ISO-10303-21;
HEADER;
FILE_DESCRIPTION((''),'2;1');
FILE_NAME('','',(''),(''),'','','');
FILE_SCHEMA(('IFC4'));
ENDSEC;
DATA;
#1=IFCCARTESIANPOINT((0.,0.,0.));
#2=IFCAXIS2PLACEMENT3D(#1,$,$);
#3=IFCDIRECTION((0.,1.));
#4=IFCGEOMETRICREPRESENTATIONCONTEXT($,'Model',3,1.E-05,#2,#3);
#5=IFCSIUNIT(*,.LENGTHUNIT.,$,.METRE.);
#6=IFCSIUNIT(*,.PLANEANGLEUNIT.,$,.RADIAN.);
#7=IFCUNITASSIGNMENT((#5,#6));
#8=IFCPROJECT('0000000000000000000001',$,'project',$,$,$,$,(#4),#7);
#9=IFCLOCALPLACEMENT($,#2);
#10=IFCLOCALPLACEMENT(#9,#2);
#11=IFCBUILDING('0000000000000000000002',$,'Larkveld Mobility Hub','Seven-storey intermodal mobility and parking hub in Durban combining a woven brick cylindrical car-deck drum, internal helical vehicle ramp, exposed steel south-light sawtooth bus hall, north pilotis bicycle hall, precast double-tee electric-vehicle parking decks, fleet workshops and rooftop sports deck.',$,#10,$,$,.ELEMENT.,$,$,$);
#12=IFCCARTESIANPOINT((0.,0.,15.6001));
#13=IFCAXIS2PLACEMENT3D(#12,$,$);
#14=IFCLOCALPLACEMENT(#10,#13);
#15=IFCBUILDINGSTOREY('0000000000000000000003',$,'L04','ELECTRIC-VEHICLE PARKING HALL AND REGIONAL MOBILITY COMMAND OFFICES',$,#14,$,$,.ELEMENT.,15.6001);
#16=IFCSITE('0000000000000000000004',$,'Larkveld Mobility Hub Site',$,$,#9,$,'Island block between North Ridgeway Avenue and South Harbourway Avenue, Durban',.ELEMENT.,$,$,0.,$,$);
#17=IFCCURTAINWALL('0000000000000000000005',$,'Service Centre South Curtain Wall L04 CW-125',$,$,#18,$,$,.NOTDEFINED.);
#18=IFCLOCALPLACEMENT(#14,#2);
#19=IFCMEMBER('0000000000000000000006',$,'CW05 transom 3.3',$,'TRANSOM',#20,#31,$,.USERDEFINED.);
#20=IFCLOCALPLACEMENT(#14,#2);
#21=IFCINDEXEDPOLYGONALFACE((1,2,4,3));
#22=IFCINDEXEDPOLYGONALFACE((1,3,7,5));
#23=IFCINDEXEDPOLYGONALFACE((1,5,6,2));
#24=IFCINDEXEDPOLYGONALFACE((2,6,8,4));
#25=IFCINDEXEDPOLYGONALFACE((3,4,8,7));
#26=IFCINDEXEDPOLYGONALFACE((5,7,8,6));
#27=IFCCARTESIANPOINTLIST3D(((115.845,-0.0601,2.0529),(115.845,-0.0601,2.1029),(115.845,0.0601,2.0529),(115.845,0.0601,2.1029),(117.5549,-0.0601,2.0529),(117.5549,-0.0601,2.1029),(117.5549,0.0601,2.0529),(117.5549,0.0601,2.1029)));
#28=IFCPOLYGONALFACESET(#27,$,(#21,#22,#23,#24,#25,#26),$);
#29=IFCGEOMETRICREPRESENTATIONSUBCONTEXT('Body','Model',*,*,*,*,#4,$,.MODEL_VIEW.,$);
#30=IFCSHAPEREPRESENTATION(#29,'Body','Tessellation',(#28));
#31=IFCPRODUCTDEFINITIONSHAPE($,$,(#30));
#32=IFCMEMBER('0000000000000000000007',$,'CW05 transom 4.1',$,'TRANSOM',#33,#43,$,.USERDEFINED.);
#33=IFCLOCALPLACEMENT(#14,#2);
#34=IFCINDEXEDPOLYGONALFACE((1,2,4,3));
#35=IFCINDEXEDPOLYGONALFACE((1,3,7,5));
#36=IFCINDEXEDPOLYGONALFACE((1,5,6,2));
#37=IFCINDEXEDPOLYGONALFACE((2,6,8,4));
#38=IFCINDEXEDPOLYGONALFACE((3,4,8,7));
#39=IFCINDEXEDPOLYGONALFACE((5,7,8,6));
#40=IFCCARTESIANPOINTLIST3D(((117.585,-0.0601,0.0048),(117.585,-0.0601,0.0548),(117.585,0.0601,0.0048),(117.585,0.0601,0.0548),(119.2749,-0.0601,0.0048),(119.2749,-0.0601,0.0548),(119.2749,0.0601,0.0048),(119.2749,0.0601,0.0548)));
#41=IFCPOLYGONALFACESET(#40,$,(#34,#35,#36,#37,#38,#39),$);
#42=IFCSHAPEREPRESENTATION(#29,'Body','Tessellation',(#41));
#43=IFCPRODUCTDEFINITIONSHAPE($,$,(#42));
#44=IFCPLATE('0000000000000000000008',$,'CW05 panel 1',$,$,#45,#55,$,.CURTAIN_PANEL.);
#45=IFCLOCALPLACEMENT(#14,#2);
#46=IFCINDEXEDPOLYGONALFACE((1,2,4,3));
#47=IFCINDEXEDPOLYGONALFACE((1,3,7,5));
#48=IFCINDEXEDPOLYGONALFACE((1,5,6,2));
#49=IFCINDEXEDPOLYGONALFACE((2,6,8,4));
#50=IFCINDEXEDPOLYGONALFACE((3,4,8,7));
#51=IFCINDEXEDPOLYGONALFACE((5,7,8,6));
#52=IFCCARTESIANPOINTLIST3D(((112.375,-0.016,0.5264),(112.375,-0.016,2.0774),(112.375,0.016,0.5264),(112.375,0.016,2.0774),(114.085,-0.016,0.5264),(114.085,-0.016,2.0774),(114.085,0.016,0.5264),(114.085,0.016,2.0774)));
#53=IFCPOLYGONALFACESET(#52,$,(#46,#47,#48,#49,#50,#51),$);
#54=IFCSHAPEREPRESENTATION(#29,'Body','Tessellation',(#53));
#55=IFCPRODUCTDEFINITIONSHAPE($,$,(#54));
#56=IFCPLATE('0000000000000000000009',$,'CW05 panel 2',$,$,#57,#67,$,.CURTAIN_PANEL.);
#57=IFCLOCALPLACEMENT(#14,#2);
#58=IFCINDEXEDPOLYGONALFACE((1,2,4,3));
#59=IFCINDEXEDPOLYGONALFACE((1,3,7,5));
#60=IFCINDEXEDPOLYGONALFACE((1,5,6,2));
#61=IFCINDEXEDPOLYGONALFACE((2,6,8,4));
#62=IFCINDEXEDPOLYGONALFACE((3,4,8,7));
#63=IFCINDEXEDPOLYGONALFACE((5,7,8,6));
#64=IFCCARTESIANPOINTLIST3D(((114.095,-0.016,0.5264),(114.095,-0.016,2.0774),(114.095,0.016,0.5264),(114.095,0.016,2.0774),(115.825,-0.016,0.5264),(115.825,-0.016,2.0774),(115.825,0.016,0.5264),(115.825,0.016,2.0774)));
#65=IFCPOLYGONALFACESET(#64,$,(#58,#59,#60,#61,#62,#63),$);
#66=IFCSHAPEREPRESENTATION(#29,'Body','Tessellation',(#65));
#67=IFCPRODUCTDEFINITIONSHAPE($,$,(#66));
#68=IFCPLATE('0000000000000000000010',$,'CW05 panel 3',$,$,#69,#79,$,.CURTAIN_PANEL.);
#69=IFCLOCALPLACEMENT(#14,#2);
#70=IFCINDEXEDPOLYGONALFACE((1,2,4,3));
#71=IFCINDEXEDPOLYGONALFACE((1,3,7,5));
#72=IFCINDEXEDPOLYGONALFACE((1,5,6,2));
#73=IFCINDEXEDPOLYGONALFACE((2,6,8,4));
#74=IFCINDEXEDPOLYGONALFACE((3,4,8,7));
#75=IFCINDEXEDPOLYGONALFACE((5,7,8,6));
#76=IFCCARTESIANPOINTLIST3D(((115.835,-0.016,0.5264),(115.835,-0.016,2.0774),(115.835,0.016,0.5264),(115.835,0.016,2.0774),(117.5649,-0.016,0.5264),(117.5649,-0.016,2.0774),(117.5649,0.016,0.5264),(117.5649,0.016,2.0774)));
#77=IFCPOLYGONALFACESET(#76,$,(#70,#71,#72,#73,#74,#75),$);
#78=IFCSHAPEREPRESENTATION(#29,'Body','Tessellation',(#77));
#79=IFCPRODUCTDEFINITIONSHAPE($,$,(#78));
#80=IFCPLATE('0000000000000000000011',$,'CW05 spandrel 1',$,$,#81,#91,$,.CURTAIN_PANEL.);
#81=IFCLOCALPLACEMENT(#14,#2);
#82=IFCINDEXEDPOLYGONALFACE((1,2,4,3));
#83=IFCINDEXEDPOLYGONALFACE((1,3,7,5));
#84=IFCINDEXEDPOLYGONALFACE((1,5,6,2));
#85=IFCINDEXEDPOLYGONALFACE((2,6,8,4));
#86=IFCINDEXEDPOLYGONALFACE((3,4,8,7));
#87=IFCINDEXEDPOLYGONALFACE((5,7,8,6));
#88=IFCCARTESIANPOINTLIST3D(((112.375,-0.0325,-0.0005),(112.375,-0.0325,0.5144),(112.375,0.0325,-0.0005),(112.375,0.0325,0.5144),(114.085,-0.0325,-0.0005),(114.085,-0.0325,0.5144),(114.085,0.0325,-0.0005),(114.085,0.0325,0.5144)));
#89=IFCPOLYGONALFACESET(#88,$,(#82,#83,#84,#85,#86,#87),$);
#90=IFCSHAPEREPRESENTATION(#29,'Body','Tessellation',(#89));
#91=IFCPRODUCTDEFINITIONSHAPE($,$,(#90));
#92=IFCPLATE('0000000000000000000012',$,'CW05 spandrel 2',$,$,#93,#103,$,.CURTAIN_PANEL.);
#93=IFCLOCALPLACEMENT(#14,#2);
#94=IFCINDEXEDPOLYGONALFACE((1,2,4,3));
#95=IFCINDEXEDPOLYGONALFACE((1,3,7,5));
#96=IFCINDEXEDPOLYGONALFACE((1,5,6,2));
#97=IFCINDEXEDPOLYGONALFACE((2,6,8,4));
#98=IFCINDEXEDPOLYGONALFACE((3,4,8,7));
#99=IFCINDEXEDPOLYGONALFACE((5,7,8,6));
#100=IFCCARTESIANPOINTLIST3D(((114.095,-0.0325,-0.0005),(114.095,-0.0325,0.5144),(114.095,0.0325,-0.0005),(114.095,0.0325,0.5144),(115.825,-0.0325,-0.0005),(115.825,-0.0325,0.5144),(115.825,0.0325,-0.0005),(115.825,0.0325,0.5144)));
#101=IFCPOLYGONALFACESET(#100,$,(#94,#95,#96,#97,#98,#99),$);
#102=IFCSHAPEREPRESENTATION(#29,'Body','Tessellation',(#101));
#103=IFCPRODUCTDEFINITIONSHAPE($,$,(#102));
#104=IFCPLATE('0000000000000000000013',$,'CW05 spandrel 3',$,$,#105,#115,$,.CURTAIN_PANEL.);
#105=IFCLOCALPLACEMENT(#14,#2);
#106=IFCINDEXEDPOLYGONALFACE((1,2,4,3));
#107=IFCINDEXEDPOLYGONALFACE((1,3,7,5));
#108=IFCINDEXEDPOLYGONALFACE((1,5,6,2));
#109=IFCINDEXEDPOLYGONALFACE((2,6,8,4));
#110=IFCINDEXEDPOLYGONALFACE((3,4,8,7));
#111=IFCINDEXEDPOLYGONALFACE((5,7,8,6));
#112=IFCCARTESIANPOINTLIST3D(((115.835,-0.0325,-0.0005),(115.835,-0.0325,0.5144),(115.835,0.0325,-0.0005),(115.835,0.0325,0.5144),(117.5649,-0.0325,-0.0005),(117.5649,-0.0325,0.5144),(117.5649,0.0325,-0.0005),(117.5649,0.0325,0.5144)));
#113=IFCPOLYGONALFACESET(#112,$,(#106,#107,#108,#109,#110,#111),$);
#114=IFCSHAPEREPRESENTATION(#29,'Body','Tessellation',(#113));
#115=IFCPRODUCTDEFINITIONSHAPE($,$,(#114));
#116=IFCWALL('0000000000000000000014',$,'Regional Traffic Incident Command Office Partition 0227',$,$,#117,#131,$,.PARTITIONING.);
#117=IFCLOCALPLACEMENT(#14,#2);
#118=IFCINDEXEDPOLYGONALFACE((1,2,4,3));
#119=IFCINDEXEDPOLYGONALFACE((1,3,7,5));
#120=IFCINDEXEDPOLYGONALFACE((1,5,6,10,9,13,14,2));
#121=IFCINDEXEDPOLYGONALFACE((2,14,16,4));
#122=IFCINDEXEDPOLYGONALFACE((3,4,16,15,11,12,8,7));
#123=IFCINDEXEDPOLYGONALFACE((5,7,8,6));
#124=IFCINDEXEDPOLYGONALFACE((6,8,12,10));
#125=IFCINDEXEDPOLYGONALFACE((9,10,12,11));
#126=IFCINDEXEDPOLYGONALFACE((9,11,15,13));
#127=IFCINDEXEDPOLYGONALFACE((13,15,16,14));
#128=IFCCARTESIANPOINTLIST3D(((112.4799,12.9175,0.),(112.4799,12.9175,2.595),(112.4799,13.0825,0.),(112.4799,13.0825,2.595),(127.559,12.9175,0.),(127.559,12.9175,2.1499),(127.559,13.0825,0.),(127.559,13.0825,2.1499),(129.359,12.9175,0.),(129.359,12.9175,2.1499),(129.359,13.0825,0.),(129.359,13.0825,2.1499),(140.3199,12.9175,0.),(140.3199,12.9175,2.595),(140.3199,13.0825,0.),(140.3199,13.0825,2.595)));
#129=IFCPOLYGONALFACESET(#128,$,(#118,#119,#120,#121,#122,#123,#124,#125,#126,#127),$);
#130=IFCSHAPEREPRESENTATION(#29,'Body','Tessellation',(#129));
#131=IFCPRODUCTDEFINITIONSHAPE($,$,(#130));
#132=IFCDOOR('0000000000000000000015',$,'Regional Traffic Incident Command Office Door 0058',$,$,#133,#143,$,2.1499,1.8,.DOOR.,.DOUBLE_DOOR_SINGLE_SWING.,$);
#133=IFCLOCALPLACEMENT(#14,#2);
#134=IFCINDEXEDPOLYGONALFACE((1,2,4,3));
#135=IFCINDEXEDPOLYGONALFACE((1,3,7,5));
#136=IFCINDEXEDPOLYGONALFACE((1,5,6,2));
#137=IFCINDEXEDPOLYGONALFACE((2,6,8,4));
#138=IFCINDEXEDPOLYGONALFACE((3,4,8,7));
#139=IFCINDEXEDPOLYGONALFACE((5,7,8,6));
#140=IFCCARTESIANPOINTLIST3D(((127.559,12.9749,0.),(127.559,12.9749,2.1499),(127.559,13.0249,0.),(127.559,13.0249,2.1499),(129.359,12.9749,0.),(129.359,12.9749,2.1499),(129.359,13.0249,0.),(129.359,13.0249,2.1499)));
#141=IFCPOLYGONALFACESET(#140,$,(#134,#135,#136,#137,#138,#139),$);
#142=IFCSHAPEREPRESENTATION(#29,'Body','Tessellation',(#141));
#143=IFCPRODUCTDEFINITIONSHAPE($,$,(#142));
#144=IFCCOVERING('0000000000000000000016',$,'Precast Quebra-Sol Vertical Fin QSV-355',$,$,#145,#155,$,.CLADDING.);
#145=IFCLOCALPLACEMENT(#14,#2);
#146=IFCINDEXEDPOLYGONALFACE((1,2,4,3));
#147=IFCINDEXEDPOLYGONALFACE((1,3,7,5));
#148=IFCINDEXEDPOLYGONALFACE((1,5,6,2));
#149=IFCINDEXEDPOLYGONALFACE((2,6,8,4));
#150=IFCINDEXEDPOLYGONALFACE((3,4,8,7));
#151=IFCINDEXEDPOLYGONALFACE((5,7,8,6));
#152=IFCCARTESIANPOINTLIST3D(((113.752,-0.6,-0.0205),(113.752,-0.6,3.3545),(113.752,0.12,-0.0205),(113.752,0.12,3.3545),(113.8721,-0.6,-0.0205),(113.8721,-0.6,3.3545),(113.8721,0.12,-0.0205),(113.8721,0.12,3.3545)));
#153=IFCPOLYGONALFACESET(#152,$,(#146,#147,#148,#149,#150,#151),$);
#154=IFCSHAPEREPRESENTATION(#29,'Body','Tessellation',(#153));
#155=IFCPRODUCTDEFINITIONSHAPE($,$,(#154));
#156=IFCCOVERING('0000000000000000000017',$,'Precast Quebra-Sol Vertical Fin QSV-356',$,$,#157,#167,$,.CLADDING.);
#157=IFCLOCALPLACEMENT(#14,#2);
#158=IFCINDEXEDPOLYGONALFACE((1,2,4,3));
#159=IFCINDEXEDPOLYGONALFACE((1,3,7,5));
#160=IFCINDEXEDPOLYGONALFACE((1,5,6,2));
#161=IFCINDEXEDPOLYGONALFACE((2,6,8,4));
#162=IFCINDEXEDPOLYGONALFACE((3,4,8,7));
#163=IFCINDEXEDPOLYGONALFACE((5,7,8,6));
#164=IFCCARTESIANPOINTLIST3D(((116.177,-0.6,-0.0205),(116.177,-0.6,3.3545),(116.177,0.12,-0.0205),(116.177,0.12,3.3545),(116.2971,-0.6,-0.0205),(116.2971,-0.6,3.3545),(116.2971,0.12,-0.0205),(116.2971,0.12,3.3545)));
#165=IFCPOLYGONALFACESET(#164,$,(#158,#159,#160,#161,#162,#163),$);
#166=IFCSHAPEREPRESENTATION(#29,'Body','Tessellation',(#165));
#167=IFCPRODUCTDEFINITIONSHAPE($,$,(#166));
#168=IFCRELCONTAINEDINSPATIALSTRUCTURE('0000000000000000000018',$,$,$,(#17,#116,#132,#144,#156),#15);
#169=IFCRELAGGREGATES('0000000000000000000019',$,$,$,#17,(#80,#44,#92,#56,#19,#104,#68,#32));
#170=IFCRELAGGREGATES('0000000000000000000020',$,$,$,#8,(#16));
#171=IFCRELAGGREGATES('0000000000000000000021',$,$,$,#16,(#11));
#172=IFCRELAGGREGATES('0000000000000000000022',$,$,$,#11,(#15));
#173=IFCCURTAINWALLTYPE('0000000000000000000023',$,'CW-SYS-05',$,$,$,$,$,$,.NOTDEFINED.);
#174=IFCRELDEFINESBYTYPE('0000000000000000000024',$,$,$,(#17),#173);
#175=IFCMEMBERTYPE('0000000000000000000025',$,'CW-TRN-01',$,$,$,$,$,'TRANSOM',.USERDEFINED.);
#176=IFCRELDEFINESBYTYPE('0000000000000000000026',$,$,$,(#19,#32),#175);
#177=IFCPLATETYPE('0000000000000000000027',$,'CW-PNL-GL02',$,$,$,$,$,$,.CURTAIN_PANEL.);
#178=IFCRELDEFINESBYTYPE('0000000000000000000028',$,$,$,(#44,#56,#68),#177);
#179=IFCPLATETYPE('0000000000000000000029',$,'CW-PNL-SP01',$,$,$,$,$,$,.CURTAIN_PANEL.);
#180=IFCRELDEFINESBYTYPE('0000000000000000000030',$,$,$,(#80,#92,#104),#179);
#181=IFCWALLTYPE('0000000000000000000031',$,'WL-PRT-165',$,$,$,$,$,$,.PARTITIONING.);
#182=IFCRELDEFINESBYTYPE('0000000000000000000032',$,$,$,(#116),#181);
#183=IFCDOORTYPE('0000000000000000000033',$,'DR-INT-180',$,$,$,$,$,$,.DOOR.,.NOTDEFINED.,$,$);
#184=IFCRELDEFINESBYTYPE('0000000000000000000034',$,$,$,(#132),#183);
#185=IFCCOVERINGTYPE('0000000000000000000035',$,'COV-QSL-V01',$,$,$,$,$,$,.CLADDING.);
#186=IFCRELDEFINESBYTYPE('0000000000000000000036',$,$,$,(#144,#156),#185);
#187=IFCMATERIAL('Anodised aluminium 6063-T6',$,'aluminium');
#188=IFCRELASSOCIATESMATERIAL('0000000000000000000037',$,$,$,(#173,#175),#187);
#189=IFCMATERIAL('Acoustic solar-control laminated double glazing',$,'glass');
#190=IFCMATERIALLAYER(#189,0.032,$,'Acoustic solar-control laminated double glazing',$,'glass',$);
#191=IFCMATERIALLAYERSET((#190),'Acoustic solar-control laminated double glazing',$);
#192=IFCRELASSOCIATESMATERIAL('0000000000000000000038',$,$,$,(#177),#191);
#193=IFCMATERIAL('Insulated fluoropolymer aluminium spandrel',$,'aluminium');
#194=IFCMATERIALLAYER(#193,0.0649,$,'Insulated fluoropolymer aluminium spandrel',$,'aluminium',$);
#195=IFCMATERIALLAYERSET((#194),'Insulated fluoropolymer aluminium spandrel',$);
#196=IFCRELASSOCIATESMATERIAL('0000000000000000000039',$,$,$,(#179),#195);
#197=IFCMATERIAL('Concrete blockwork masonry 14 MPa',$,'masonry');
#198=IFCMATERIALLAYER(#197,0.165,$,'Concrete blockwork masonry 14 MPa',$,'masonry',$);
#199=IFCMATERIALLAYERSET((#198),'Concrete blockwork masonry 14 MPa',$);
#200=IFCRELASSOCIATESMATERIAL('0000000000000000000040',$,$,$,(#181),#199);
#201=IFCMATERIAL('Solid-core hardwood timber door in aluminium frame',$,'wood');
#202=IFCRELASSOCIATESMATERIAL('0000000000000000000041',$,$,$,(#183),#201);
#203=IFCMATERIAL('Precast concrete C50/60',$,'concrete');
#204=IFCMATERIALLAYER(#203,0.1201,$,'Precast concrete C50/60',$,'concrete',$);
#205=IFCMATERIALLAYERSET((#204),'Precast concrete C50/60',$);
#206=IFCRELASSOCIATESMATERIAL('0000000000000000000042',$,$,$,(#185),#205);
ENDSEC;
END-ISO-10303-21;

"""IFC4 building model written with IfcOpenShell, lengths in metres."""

from ifc_helpers import new_model, si_unit, direction, frame, frame_2d, origin, origin_2d, place, context, subcontext, project, spatial, rectangle, extrude, material, layer, layer_set, material_profile, profile_set, type_object, element, fill, aggregate, save


model = new_model("IFC4")

# Units and contexts
model_context = context("Model", 3, precision=1e-05, world=origin(), true_north=direction((0.0, 1.0)))
body_context = subcontext(model_context, "Body", "Model", "MODEL_VIEW")
ifc_project = project(units=[si_unit("LENGTHUNIT", "METRE"), si_unit("PLANEANGLEUNIT", "RADIAN")], contexts=[model_context])

# Site, building, storey
site_placement = place(None, origin())
site = spatial("IfcSite", under=ifc_project, at=site_placement, Name="Larkveld Mobility Hub Site", LongName="Island block between North Ridgeway Avenue and South Harbourway Avenue, Durban", CompositionType="ELEMENT", RefElevation=0.0)
building_placement = place(site_placement, origin())
building = spatial("IfcBuilding", under=site, at=building_placement, Name="Larkveld Mobility Hub", Description="Seven-storey intermodal mobility and parking hub in Durban combining a woven brick cylindrical car-deck drum, internal helical vehicle ramp, exposed steel south-light sawtooth bus hall, north pilotis bicycle hall, precast double-tee electric-vehicle parking decks, fleet workshops and rooftop sports deck.", CompositionType="ELEMENT")
storey_placement = place(building_placement, frame((0.0, 0.0, 15.6001)))
storey = spatial("IfcBuildingStorey", under=building, at=storey_placement, Name="L04", Description="ELECTRIC-VEHICLE PARKING HALL AND REGIONAL MOBILITY COMMAND OFFICES", CompositionType="ELEMENT", Elevation=15.6001)

# Shared definitions
ifc_material_1 = material(Name="Precast concrete C50/60", Category="concrete")

# Curtain wall, members, plates
ifc_material_2 = material(Name="Anodised aluminium 6063-T6", Category="aluminium")
curtain_wall_type = type_object("IfcCurtainWallType", Name="CW-SYS-05", PredefinedType="NOTDEFINED", material=ifc_material_2)
curtain_wall_placement = place(storey_placement, origin())
curtain_wall = element("IfcCurtainWall", 1, at=curtain_wall_placement, inside=storey, type_object=curtain_wall_type, Name="Service Centre South Curtain Wall L04 CW-125", PredefinedType="NOTDEFINED")
ifc_material_profile_1 = material_profile(ifc_material_2, rectangle(XDim=0.1201, YDim=0.05, at=origin_2d()), Name="ALU TRAN 50x120")
ifc_profile_set_1 = profile_set([ifc_material_profile_1], Name="Anodised aluminium 6063-T6")
member_type_1 = type_object("IfcMemberType", Name="CW-TRN-01", ElementType="TRANSOM", PredefinedType="USERDEFINED", material=ifc_profile_set_1)
member_1_placement = place(storey_placement, frame((115.845, 0.0, 2.0779), z_axis=(1.0, 0.0, 0.0), x_axis=(0.0, 1.0, 0.0)))
member_1 = element("IfcMember", 2, at=member_1_placement, type_object=member_type_1, Name="CW05 transom 3.3", ObjectType="TRANSOM", PredefinedType="USERDEFINED", context=body_context, shape_type="SweptSolid", body=[
    extrude(rectangle(XDim=0.1201, YDim=0.05, at=origin_2d()), origin(), (0.0, 0.0, 1.0), 1.71),
])
member_2_placement = place(storey_placement, frame((117.585, 0.0, 0.0298), z_axis=(1.0, 0.0, 0.0), x_axis=(0.0, 1.0, 0.0)))
member_2 = element("IfcMember", 3, at=member_2_placement, type_object=member_type_1, Name="CW05 transom 4.1", ObjectType="TRANSOM", PredefinedType="USERDEFINED", context=body_context, shape_type="SweptSolid", body=[
    extrude(rectangle(XDim=0.1201, YDim=0.05, at=origin_2d()), origin(), (0.0, 0.0, 1.0), 1.6899),
])
ifc_material_3 = material(Name="Acoustic solar-control laminated double glazing", Category="glass")
ifc_layer_1 = layer(ifc_material_3, 0.032, Name="Acoustic solar-control laminated double glazing", Category="glass")
ifc_layer_set_1 = layer_set([ifc_layer_1], Name="Acoustic solar-control laminated double glazing")
plate_type_1 = type_object("IfcPlateType", Name="CW-PNL-GL02", PredefinedType="CURTAIN_PANEL", material=ifc_layer_set_1)
plate_1_placement = place(storey_placement, frame((113.23, 0.0, 0.5264), z_axis=(0.0, 0.0, 1.0), x_axis=(1.0, 0.0, 0.0)))
plate_1 = element("IfcPlate", 4, at=plate_1_placement, type_object=plate_type_1, Name="CW05 panel 1", PredefinedType="CURTAIN_PANEL", context=body_context, shape_type="SweptSolid", body=[
    extrude(rectangle(XDim=1.71, YDim=0.032, at=origin_2d()), origin(), (0.0, 0.0, 1.0), 1.551),
])
plate_2_placement = place(storey_placement, frame((114.96, 0.0, 0.5264), z_axis=(0.0, 0.0, 1.0), x_axis=(1.0, 0.0, 0.0)))
plate_2 = element("IfcPlate", 5, at=plate_2_placement, type_object=plate_type_1, Name="CW05 panel 2", PredefinedType="CURTAIN_PANEL", context=body_context, shape_type="SweptSolid", body=[
    extrude(rectangle(XDim=1.73, YDim=0.032, at=origin_2d()), origin(), (0.0, 0.0, 1.0), 1.551),
])
plate_3_placement = place(storey_placement, frame((116.7, 0.0, 0.5264), z_axis=(0.0, 0.0, 1.0), x_axis=(1.0, 0.0, 0.0)))
plate_3 = element("IfcPlate", 6, at=plate_3_placement, type_object=plate_type_1, Name="CW05 panel 3", PredefinedType="CURTAIN_PANEL", context=body_context, shape_type="SweptSolid", body=[
    extrude(rectangle(XDim=1.73, YDim=0.032, at=origin_2d()), origin(), (0.0, 0.0, 1.0), 1.551),
])
ifc_material_4 = material(Name="Insulated fluoropolymer aluminium spandrel", Category="aluminium")
ifc_layer_2 = layer(ifc_material_4, 0.0649, Name="Insulated fluoropolymer aluminium spandrel", Category="aluminium")
ifc_layer_set_2 = layer_set([ifc_layer_2], Name="Insulated fluoropolymer aluminium spandrel")
plate_type_2 = type_object("IfcPlateType", Name="CW-PNL-SP01", PredefinedType="CURTAIN_PANEL", material=ifc_layer_set_2)
plate_4_placement = place(storey_placement, frame((113.23, 0.0, -0.0005), z_axis=(0.0, 0.0, 1.0), x_axis=(1.0, 0.0, 0.0)))
plate_4 = element("IfcPlate", 7, at=plate_4_placement, type_object=plate_type_2, Name="CW05 spandrel 1", PredefinedType="CURTAIN_PANEL", context=body_context, shape_type="SweptSolid", body=[
    extrude(rectangle(XDim=1.71, YDim=0.0649, at=origin_2d()), origin(), (0.0, 0.0, 1.0), 0.5149),
])
plate_5_placement = place(storey_placement, frame((114.96, 0.0, -0.0005), z_axis=(0.0, 0.0, 1.0), x_axis=(1.0, 0.0, 0.0)))
plate_5 = element("IfcPlate", 8, at=plate_5_placement, type_object=plate_type_2, Name="CW05 spandrel 2", PredefinedType="CURTAIN_PANEL", context=body_context, shape_type="SweptSolid", body=[
    extrude(rectangle(XDim=1.73, YDim=0.0649, at=origin_2d()), origin(), (0.0, 0.0, 1.0), 0.5149),
])
plate_6_placement = place(storey_placement, frame((116.7, 0.0, -0.0005), z_axis=(0.0, 0.0, 1.0), x_axis=(1.0, 0.0, 0.0)))
plate_6 = element("IfcPlate", 9, at=plate_6_placement, type_object=plate_type_2, Name="CW05 spandrel 3", PredefinedType="CURTAIN_PANEL", context=body_context, shape_type="SweptSolid", body=[
    extrude(rectangle(XDim=1.73, YDim=0.0649, at=origin_2d()), origin(), (0.0, 0.0, 1.0), 0.5149),
])
aggregate(curtain_wall, [plate_4, plate_1, plate_5, plate_2, member_1, plate_6, plate_3, member_2])

# Wall, opening, door
ifc_material_5 = material(Name="Concrete blockwork masonry 14 MPa", Category="masonry")
ifc_layer_3 = layer(ifc_material_5, 0.165, Name="Concrete blockwork masonry 14 MPa", Category="masonry")
ifc_layer_set_3 = layer_set([ifc_layer_3], Name="Concrete blockwork masonry 14 MPa")
wall_type = type_object("IfcWallType", Name="WL-PRT-165", PredefinedType="PARTITIONING", material=ifc_layer_set_3)
wall_placement = place(storey_placement, frame((112.48, 13.0, 0.0), z_axis=(0.0, 0.0, 1.0), x_axis=(1.0, 0.0, 0.0)))
wall = element("IfcWall", 10, at=wall_placement, inside=storey, type_object=wall_type, Name="Regional Traffic Incident Command Office Partition 0227", PredefinedType="PARTITIONING", context=body_context, shape_type="SweptSolid", body=[
    extrude(rectangle(XDim=27.8401, YDim=0.165, at=frame_2d((13.9199, 0.0))), origin(), (0.0, 0.0, 1.0), 2.595),
])
opening_placement = place(wall_placement, frame((15.0791, 0.0, 0.0)))
opening = element("IfcOpeningElement", 11, at=opening_placement, cuts=wall, PredefinedType="OPENING", context=body_context, shape_type="SweptSolid", body=[
    extrude(rectangle(XDim=1.8, YDim=2.1499, at=frame_2d((0.8999, 1.075))), frame((0.0, 0.0925, 0.0), z_axis=(0.0, -1.0, 0.0), x_axis=(1.0, 0.0, 0.0)), (0.0, 0.0, 1.0), 0.1851),
])
ifc_material_6 = material(Name="Solid-core hardwood timber door in aluminium frame", Category="wood")
door_type = type_object("IfcDoorType", Name="DR-INT-180", OperationType="NOTDEFINED", PredefinedType="DOOR", material=ifc_material_6)
door_placement = place(opening_placement, origin())
door = element("IfcDoor", 12, at=door_placement, inside=storey, type_object=door_type, Name="Regional Traffic Incident Command Office Door 0058", OperationType="DOUBLE_DOOR_SINGLE_SWING", OverallHeight=2.1499, OverallWidth=1.8, PredefinedType="DOOR", context=body_context, shape_type="SweptSolid", body=[
    extrude(rectangle(XDim=1.8, YDim=2.1499, at=frame_2d((0.8999, 1.075))), frame((0.0, 0.0249, 0.0), z_axis=(0.0, -1.0, 0.0), x_axis=(1.0, 0.0, 0.0)), (0.0, 0.0, 1.0), 0.05),
])
fill(opening, door)

# Coverings
ifc_layer_4 = layer(ifc_material_1, 0.1201, Name="Precast concrete C50/60", Category="concrete")
ifc_layer_set_4 = layer_set([ifc_layer_4], Name="Precast concrete C50/60")
covering_type = type_object("IfcCoveringType", Name="COV-QSL-V01", PredefinedType="CLADDING", material=ifc_layer_set_4)
for number, where, z_axis, x_axis, name in (
    (13, (113.812, -0.24, -0.0205), (0.0, 0.0, 1.0), (1.0, 0.0, 0.0), "Precast Quebra-Sol Vertical Fin QSV-355"),
    (14, (116.2371, -0.24, -0.0205), (0.0, 0.0, 1.0), (1.0, 0.0, 0.0), "Precast Quebra-Sol Vertical Fin QSV-356"),
):
    element("IfcCovering", number, at=place(storey_placement, frame(where, z_axis=z_axis, x_axis=x_axis)), inside=storey, type_object=covering_type, Name=name, PredefinedType="CLADDING", context=body_context, shape_type="SweptSolid", body=[
        extrude(rectangle(XDim=0.1201, YDim=0.72, at=origin_2d()), origin(), (0.0, 0.0, 1.0), 3.375),
    ])

save(model, "model.ifc")
